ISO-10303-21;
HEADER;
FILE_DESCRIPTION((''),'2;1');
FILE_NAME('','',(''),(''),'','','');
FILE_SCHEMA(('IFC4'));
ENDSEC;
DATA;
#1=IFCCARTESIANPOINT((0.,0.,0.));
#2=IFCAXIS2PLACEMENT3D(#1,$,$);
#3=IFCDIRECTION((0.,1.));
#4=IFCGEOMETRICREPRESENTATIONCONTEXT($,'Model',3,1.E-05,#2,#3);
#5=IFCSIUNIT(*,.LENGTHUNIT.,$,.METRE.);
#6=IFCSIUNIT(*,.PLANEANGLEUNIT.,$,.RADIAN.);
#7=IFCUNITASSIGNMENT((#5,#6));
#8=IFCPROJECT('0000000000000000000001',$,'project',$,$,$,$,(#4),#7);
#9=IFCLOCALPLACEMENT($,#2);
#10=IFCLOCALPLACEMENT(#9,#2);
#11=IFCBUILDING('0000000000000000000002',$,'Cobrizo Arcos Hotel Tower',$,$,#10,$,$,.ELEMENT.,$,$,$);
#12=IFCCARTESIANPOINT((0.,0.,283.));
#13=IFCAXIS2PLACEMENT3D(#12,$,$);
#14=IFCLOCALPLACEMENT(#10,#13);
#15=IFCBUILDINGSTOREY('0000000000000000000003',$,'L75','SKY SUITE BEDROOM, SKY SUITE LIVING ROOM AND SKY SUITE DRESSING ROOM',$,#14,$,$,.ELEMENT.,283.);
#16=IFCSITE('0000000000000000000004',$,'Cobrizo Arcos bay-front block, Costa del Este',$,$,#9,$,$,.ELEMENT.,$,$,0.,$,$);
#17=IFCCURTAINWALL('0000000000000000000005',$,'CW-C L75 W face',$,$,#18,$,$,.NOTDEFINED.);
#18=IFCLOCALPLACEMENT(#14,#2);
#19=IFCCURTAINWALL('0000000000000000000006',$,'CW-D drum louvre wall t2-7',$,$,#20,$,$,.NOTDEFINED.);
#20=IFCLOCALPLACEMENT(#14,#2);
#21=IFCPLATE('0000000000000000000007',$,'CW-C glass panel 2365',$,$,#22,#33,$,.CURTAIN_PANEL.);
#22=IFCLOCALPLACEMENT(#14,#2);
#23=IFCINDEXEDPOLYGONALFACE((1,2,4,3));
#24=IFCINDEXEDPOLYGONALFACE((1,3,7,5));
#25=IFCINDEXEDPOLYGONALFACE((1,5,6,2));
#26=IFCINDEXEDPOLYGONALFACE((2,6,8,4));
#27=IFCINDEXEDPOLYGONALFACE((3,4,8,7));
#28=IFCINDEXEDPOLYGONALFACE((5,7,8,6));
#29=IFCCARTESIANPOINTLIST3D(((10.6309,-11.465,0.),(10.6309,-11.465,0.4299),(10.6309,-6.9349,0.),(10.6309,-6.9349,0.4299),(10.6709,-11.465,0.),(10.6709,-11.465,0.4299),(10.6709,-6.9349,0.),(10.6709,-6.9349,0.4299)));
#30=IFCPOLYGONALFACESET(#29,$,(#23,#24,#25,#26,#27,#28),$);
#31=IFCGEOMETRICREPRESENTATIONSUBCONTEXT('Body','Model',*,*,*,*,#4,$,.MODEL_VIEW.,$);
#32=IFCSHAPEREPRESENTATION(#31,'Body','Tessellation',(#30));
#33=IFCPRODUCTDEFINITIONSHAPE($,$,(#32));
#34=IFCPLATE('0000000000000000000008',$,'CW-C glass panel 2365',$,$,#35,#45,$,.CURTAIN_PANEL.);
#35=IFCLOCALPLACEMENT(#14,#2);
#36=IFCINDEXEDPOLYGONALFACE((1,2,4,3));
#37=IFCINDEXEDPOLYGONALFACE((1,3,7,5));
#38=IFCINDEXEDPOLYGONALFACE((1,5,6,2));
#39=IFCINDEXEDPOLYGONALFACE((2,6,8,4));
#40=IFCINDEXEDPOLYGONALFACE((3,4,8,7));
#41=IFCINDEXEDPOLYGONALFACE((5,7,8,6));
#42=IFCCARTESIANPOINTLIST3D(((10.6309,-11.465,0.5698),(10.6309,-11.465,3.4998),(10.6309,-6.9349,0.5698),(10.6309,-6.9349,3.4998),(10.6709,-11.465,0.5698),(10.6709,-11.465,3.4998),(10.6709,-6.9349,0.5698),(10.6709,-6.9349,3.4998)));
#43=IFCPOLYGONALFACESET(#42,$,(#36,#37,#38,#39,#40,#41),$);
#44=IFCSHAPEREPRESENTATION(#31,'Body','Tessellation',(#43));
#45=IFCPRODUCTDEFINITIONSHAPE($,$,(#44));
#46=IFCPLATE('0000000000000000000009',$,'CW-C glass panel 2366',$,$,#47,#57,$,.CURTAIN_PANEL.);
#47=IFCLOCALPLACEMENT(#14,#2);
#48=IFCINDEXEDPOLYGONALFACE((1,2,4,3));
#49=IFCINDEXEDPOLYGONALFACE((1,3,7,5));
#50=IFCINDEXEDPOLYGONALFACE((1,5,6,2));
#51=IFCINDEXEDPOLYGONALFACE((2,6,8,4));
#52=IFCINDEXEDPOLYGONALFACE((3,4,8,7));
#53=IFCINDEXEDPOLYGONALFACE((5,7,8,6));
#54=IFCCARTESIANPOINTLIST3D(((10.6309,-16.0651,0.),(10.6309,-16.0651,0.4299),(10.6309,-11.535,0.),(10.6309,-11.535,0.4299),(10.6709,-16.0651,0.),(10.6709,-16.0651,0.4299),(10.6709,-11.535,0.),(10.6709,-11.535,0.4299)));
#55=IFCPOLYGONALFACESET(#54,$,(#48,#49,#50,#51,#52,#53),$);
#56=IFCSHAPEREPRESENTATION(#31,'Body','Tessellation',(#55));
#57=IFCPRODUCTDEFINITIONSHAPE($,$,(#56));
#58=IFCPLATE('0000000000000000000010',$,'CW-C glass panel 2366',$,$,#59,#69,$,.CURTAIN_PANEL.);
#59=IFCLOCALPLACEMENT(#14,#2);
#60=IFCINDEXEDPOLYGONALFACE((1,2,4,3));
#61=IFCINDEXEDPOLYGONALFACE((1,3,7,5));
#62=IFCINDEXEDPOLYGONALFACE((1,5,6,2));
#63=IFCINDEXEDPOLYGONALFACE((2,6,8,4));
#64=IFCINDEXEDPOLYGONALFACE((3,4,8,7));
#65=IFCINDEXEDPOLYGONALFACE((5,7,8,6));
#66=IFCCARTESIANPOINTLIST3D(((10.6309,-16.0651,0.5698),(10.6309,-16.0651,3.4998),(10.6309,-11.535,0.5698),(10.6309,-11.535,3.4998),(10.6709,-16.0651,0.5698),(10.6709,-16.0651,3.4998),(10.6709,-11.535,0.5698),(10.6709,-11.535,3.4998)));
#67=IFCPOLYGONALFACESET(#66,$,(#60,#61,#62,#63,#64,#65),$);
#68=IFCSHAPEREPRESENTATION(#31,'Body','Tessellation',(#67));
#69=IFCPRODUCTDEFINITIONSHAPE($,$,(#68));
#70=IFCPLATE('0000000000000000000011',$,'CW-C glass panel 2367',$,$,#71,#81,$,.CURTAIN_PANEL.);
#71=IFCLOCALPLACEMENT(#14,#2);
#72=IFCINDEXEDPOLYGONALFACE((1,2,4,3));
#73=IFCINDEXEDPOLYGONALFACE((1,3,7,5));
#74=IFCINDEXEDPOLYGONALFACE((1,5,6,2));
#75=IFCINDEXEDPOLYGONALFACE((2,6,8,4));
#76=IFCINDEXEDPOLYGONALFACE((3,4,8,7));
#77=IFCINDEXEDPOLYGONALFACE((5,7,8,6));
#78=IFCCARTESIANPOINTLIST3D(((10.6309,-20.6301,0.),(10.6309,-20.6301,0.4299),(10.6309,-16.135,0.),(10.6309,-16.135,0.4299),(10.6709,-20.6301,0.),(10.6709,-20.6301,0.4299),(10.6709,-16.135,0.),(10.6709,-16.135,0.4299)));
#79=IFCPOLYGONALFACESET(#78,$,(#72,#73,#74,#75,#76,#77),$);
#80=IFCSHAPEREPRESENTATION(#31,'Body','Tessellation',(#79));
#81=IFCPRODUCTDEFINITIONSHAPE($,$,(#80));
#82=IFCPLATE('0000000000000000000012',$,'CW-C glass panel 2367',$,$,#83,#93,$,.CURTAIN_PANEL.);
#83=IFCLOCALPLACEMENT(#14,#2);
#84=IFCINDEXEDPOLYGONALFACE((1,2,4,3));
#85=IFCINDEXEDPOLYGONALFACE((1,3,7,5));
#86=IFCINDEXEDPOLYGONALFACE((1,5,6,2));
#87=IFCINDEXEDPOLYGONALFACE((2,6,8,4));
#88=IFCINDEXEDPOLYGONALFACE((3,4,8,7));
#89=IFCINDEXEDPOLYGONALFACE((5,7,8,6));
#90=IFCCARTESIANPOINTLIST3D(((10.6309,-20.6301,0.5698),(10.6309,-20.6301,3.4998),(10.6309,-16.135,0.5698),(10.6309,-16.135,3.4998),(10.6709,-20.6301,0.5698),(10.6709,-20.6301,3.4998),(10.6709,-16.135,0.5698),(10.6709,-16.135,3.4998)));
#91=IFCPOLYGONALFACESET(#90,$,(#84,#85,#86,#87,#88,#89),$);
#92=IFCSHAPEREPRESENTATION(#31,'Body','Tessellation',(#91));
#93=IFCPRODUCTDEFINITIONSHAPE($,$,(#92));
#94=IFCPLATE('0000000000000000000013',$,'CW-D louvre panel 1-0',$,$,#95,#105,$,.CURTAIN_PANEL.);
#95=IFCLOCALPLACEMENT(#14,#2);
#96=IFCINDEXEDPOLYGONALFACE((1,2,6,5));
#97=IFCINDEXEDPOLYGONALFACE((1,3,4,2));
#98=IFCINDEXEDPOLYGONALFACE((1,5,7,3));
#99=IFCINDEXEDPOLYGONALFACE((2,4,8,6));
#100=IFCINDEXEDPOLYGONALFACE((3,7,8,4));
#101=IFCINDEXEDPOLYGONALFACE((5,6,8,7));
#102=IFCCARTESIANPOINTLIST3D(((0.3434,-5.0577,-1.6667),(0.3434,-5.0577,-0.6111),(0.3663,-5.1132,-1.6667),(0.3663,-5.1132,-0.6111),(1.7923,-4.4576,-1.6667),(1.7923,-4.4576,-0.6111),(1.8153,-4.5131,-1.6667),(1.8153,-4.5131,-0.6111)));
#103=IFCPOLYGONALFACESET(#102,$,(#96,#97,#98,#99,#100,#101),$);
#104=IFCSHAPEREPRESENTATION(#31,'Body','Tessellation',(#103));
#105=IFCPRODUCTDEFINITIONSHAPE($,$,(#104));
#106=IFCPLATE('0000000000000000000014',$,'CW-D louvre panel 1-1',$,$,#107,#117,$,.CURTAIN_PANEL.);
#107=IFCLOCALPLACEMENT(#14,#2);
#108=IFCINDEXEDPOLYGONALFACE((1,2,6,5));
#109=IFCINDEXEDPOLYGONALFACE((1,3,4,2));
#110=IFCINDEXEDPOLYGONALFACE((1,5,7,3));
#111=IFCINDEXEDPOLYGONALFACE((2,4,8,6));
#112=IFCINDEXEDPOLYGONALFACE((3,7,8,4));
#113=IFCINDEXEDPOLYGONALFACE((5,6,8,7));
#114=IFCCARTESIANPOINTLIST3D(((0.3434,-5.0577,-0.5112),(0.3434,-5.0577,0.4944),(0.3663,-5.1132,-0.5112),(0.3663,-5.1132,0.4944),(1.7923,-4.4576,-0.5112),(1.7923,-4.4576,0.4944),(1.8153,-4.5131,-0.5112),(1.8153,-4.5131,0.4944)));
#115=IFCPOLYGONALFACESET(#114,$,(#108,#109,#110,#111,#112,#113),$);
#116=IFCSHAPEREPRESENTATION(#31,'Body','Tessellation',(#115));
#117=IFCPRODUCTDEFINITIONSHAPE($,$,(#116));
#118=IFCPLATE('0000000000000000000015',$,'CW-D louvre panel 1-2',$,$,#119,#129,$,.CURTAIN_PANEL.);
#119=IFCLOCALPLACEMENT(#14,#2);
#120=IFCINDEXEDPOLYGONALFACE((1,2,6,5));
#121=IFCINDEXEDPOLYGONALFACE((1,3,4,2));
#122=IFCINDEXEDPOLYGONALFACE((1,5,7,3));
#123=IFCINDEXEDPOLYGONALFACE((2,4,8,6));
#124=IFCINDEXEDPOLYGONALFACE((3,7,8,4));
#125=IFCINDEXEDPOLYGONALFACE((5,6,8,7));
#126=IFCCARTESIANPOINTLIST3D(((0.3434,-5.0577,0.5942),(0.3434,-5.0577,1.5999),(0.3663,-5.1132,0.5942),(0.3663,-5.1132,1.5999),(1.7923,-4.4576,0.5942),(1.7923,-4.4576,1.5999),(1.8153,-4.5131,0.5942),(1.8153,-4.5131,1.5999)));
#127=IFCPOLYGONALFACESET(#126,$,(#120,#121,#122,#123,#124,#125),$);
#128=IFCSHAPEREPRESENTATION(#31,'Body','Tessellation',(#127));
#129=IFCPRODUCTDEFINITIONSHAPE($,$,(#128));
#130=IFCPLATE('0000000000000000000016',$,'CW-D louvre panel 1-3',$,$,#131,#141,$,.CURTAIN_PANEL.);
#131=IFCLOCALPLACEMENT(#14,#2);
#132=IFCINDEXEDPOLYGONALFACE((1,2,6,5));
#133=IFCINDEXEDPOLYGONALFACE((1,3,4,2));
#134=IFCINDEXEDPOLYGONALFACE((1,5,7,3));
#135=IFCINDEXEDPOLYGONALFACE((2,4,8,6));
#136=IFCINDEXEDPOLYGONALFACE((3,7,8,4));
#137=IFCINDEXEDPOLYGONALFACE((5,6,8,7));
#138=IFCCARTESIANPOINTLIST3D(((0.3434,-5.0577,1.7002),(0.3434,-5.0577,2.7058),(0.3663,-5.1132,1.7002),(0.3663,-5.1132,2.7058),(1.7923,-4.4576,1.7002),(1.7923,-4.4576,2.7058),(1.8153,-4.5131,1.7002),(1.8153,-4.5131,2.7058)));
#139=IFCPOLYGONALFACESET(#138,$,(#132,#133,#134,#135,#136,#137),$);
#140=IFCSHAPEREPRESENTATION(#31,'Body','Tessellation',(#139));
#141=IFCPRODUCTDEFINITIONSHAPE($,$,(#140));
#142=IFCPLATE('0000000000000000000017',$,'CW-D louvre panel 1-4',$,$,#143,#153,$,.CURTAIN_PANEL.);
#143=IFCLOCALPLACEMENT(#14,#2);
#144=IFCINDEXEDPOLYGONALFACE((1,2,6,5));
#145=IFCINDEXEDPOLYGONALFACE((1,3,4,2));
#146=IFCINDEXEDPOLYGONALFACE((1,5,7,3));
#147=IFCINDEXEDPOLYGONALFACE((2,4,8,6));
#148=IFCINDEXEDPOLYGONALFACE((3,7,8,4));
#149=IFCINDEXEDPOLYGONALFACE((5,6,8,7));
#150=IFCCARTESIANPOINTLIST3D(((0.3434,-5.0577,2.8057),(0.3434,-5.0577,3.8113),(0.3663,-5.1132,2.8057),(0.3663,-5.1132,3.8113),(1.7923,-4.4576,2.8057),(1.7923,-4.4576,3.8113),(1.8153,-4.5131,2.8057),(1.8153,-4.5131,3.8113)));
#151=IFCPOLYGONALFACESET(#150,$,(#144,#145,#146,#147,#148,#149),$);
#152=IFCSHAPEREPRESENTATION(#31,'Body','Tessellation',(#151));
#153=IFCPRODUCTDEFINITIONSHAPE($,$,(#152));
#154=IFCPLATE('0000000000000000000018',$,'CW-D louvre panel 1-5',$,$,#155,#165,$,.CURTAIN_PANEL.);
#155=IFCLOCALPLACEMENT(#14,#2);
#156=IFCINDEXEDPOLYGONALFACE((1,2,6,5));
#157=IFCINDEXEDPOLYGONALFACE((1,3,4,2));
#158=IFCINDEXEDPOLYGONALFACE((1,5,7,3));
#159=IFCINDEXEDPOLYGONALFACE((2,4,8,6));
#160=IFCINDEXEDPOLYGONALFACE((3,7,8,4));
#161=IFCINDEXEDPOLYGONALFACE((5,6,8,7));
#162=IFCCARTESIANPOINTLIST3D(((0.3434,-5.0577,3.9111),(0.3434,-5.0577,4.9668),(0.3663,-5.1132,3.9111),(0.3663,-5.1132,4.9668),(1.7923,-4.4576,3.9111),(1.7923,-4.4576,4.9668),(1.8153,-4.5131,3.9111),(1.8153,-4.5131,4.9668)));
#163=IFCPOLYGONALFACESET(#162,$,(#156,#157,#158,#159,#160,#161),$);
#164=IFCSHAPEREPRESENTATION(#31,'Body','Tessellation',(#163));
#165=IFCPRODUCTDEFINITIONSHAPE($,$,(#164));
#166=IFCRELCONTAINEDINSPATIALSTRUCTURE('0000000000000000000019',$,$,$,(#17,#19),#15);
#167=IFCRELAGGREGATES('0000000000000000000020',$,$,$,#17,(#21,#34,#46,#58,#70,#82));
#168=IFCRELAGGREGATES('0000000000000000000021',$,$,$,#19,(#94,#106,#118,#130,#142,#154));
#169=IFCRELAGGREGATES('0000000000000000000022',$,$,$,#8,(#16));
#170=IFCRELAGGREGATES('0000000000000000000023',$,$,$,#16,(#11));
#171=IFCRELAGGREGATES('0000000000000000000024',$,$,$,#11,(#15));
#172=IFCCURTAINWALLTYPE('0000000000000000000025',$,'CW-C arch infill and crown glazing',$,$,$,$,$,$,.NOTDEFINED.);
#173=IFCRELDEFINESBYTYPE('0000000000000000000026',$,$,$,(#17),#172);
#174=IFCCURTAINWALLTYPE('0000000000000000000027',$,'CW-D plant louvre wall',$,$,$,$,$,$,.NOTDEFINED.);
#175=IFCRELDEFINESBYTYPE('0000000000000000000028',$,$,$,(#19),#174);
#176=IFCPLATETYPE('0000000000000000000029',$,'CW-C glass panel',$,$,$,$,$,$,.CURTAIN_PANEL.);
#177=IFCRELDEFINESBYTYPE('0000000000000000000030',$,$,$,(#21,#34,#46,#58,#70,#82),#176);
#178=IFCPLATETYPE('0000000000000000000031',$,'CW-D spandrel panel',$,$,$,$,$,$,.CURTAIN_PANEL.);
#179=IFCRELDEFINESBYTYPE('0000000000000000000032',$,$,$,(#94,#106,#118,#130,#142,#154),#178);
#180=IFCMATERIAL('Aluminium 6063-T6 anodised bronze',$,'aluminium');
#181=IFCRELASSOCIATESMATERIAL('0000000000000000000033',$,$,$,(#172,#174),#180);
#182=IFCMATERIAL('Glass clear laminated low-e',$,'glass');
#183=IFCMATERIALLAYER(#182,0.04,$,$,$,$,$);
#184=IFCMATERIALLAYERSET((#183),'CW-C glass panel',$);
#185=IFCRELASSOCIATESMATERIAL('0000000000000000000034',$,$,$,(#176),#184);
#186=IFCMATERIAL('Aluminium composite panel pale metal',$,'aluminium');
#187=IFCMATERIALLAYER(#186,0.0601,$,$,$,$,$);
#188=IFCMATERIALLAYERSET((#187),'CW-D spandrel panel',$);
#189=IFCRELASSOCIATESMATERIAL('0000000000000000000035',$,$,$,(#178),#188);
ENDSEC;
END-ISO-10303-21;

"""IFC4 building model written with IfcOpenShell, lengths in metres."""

from ifc_helpers import new_model, si_unit, direction, frame, origin, origin_2d, place, context, subcontext, project, spatial, rectangle, extrude, material, layer, layer_set, type_object, element, aggregate, save


model = new_model("IFC4")

# Units and contexts
model_context = context("Model", 3, precision=1e-05, world=origin(), true_north=direction((0.0, 1.0)))
body_context = subcontext(model_context, "Body", "Model", "MODEL_VIEW")
ifc_project = project(units=[si_unit("LENGTHUNIT", "METRE"), si_unit("PLANEANGLEUNIT", "RADIAN")], contexts=[model_context])

# Site, building, storey
site_placement = place(None, origin())
site = spatial("IfcSite", under=ifc_project, at=site_placement, Name="Cobrizo Arcos bay-front block, Costa del Este", CompositionType="ELEMENT", RefElevation=0.0)
building_placement = place(site_placement, origin())
building = spatial("IfcBuilding", under=site, at=building_placement, Name="Cobrizo Arcos Hotel Tower", CompositionType="ELEMENT")
storey_placement = place(building_placement, frame((0.0, 0.0, 283.0)))
storey = spatial("IfcBuildingStorey", under=building, at=storey_placement, Name="L75", Description="SKY SUITE BEDROOM, SKY SUITE LIVING ROOM AND SKY SUITE DRESSING ROOM", CompositionType="ELEMENT", Elevation=283.0)

# Shared definitions
ifc_material_1 = material(Name="Aluminium 6063-T6 anodised bronze", Category="aluminium")

# Curtain walls
curtain_wall_type_1 = type_object("IfcCurtainWallType", Name="CW-C arch infill and crown glazing", PredefinedType="NOTDEFINED", material=ifc_material_1)
curtain_wall_1_placement = place(storey_placement, origin())
curtain_wall_1 = element("IfcCurtainWall", 1, at=curtain_wall_1_placement, inside=storey, type_object=curtain_wall_type_1, Name="CW-C L75 W face", PredefinedType="NOTDEFINED")
curtain_wall_type_2 = type_object("IfcCurtainWallType", Name="CW-D plant louvre wall", PredefinedType="NOTDEFINED", material=ifc_material_1)
curtain_wall_2_placement = place(storey_placement, origin())
curtain_wall_2 = element("IfcCurtainWall", 2, at=curtain_wall_2_placement, inside=storey, type_object=curtain_wall_type_2, Name="CW-D drum louvre wall t2-7", PredefinedType="NOTDEFINED")

# Plates
ifc_material_2 = material(Name="Glass clear laminated low-e", Category="glass")
ifc_layer_1 = layer(ifc_material_2, 0.04)
ifc_layer_set_1 = layer_set([ifc_layer_1], Name="CW-C glass panel")
plate_type_1 = type_object("IfcPlateType", Name="CW-C glass panel", PredefinedType="CURTAIN_PANEL", material=ifc_layer_set_1)
plate_1_placement = place(storey_placement, frame((10.6509, -9.2, 0.0), z_axis=(0.0, 0.0, 1.0), x_axis=(0.0, -1.0, 0.0)))
plate_1 = element("IfcPlate", 3, at=plate_1_placement, type_object=plate_type_1, Name="CW-C glass panel 2365", PredefinedType="CURTAIN_PANEL", context=body_context, shape_type="SweptSolid", body=[
    extrude(rectangle(XDim=4.53, YDim=0.04, at=origin_2d()), origin(), (0.0, 0.0, 1.0), 0.4299),
])
plate_2_placement = place(storey_placement, frame((10.6509, -9.2, 0.5698), z_axis=(0.0, 0.0, 1.0), x_axis=(0.0, -1.0, 0.0)))
plate_2 = element("IfcPlate", 4, at=plate_2_placement, type_object=plate_type_1, Name="CW-C glass panel 2365", PredefinedType="CURTAIN_PANEL", context=body_context, shape_type="SweptSolid", body=[
    extrude(rectangle(XDim=4.53, YDim=0.04, at=origin_2d()), origin(), (0.0, 0.0, 1.0), 2.9299),
])
plate_3_placement = place(storey_placement, frame((10.6509, -13.8, 0.0), z_axis=(0.0, 0.0, 1.0), x_axis=(0.0, -1.0, 0.0)))
plate_3 = element("IfcPlate", 5, at=plate_3_placement, type_object=plate_type_1, Name="CW-C glass panel 2366", PredefinedType="CURTAIN_PANEL", context=body_context, shape_type="SweptSolid", body=[
    extrude(rectangle(XDim=4.53, YDim=0.04, at=origin_2d()), origin(), (0.0, 0.0, 1.0), 0.4299),
])
plate_4_placement = place(storey_placement, frame((10.6509, -13.8, 0.5698), z_axis=(0.0, 0.0, 1.0), x_axis=(0.0, -1.0, 0.0)))
plate_4 = element("IfcPlate", 6, at=plate_4_placement, type_object=plate_type_1, Name="CW-C glass panel 2366", PredefinedType="CURTAIN_PANEL", context=body_context, shape_type="SweptSolid", body=[
    extrude(rectangle(XDim=4.53, YDim=0.04, at=origin_2d()), origin(), (0.0, 0.0, 1.0), 2.9299),
])
plate_5_placement = place(storey_placement, frame((10.6509, -18.3826, 0.0), z_axis=(0.0, 0.0, 1.0), x_axis=(0.0, -1.0, 0.0)))
plate_5 = element("IfcPlate", 7, at=plate_5_placement, type_object=plate_type_1, Name="CW-C glass panel 2367", PredefinedType="CURTAIN_PANEL", context=body_context, shape_type="SweptSolid", body=[
    extrude(rectangle(XDim=4.4951, YDim=0.04, at=origin_2d()), origin(), (0.0, 0.0, 1.0), 0.4299),
])
plate_6_placement = place(storey_placement, frame((10.6509, -18.3826, 0.5698), z_axis=(0.0, 0.0, 1.0), x_axis=(0.0, -1.0, 0.0)))
plate_6 = element("IfcPlate", 8, at=plate_6_placement, type_object=plate_type_1, Name="CW-C glass panel 2367", PredefinedType="CURTAIN_PANEL", context=body_context, shape_type="SweptSolid", body=[
    extrude(rectangle(XDim=4.4951, YDim=0.04, at=origin_2d()), origin(), (0.0, 0.0, 1.0), 2.9299),
])
aggregate(curtain_wall_1, [plate_1, plate_2, plate_3, plate_4, plate_5, plate_6])
ifc_material_3 = material(Name="Aluminium composite panel pale metal", Category="aluminium")
ifc_layer_2 = layer(ifc_material_3, 0.0601)
ifc_layer_set_2 = layer_set([ifc_layer_2], Name="CW-D spandrel panel")
plate_type_2 = type_object("IfcPlateType", Name="CW-D spandrel panel", PredefinedType="CURTAIN_PANEL", material=ifc_layer_set_2)
plate_7_placement = place(storey_placement, frame((1.0793, -4.7854, -1.6667), z_axis=(0.0, 0.0, 1.0), x_axis=(0.92388, 0.382683, 0.0)))
plate_7 = element("IfcPlate", 9, at=plate_7_placement, type_object=plate_type_2, Name="CW-D louvre panel 1-0", PredefinedType="CURTAIN_PANEL", context=body_context, shape_type="SweptSolid", body=[
    extrude(rectangle(XDim=1.5684, YDim=0.0601, at=origin_2d()), origin(), (0.0, 0.0, 1.0), 1.0557),
])
plate_8_placement = place(storey_placement, frame((1.0793, -4.7854, -0.5112), z_axis=(0.0, 0.0, 1.0), x_axis=(0.92388, 0.382683, 0.0)))
plate_8 = element("IfcPlate", 10, at=plate_8_placement, type_object=plate_type_2, Name="CW-D louvre panel 1-1", PredefinedType="CURTAIN_PANEL", context=body_context, shape_type="SweptSolid", body=[
    extrude(rectangle(XDim=1.5684, YDim=0.0601, at=origin_2d()), origin(), (0.0, 0.0, 1.0), 1.0056),
])
plate_9_placement = place(storey_placement, frame((1.0793, -4.7854, 0.5942), z_axis=(0.0, 0.0, 1.0), x_axis=(0.92388, 0.382683, 0.0)))
plate_9 = element("IfcPlate", 11, at=plate_9_placement, type_object=plate_type_2, Name="CW-D louvre panel 1-2", PredefinedType="CURTAIN_PANEL", context=body_context, shape_type="SweptSolid", body=[
    extrude(rectangle(XDim=1.5684, YDim=0.0601, at=origin_2d()), origin(), (0.0, 0.0, 1.0), 1.0056),
])
plate_10_placement = place(storey_placement, frame((1.0793, -4.7854, 1.7002), z_axis=(0.0, 0.0, 1.0), x_axis=(0.92388, 0.382683, 0.0)))
plate_10 = element("IfcPlate", 12, at=plate_10_placement, type_object=plate_type_2, Name="CW-D louvre panel 1-3", PredefinedType="CURTAIN_PANEL", context=body_context, shape_type="SweptSolid", body=[
    extrude(rectangle(XDim=1.5684, YDim=0.0601, at=origin_2d()), origin(), (0.0, 0.0, 1.0), 1.0056),
])
plate_11_placement = place(storey_placement, frame((1.0793, -4.7854, 2.8057), z_axis=(0.0, 0.0, 1.0), x_axis=(0.92388, 0.382683, 0.0)))
plate_11 = element("IfcPlate", 13, at=plate_11_placement, type_object=plate_type_2, Name="CW-D louvre panel 1-4", PredefinedType="CURTAIN_PANEL", context=body_context, shape_type="SweptSolid", body=[
    extrude(rectangle(XDim=1.5684, YDim=0.0601, at=origin_2d()), origin(), (0.0, 0.0, 1.0), 1.0056),
])
plate_12_placement = place(storey_placement, frame((1.0793, -4.7854, 3.9111), z_axis=(0.0, 0.0, 1.0), x_axis=(0.92388, 0.382683, 0.0)))
plate_12 = element("IfcPlate", 14, at=plate_12_placement, type_object=plate_type_2, Name="CW-D louvre panel 1-5", PredefinedType="CURTAIN_PANEL", context=body_context, shape_type="SweptSolid", body=[
    extrude(rectangle(XDim=1.5684, YDim=0.0601, at=origin_2d()), origin(), (0.0, 0.0, 1.0), 1.0557),
])
aggregate(curtain_wall_2, [plate_7, plate_8, plate_9, plate_10, plate_11, plate_12])

save(model, "model.ifc")
